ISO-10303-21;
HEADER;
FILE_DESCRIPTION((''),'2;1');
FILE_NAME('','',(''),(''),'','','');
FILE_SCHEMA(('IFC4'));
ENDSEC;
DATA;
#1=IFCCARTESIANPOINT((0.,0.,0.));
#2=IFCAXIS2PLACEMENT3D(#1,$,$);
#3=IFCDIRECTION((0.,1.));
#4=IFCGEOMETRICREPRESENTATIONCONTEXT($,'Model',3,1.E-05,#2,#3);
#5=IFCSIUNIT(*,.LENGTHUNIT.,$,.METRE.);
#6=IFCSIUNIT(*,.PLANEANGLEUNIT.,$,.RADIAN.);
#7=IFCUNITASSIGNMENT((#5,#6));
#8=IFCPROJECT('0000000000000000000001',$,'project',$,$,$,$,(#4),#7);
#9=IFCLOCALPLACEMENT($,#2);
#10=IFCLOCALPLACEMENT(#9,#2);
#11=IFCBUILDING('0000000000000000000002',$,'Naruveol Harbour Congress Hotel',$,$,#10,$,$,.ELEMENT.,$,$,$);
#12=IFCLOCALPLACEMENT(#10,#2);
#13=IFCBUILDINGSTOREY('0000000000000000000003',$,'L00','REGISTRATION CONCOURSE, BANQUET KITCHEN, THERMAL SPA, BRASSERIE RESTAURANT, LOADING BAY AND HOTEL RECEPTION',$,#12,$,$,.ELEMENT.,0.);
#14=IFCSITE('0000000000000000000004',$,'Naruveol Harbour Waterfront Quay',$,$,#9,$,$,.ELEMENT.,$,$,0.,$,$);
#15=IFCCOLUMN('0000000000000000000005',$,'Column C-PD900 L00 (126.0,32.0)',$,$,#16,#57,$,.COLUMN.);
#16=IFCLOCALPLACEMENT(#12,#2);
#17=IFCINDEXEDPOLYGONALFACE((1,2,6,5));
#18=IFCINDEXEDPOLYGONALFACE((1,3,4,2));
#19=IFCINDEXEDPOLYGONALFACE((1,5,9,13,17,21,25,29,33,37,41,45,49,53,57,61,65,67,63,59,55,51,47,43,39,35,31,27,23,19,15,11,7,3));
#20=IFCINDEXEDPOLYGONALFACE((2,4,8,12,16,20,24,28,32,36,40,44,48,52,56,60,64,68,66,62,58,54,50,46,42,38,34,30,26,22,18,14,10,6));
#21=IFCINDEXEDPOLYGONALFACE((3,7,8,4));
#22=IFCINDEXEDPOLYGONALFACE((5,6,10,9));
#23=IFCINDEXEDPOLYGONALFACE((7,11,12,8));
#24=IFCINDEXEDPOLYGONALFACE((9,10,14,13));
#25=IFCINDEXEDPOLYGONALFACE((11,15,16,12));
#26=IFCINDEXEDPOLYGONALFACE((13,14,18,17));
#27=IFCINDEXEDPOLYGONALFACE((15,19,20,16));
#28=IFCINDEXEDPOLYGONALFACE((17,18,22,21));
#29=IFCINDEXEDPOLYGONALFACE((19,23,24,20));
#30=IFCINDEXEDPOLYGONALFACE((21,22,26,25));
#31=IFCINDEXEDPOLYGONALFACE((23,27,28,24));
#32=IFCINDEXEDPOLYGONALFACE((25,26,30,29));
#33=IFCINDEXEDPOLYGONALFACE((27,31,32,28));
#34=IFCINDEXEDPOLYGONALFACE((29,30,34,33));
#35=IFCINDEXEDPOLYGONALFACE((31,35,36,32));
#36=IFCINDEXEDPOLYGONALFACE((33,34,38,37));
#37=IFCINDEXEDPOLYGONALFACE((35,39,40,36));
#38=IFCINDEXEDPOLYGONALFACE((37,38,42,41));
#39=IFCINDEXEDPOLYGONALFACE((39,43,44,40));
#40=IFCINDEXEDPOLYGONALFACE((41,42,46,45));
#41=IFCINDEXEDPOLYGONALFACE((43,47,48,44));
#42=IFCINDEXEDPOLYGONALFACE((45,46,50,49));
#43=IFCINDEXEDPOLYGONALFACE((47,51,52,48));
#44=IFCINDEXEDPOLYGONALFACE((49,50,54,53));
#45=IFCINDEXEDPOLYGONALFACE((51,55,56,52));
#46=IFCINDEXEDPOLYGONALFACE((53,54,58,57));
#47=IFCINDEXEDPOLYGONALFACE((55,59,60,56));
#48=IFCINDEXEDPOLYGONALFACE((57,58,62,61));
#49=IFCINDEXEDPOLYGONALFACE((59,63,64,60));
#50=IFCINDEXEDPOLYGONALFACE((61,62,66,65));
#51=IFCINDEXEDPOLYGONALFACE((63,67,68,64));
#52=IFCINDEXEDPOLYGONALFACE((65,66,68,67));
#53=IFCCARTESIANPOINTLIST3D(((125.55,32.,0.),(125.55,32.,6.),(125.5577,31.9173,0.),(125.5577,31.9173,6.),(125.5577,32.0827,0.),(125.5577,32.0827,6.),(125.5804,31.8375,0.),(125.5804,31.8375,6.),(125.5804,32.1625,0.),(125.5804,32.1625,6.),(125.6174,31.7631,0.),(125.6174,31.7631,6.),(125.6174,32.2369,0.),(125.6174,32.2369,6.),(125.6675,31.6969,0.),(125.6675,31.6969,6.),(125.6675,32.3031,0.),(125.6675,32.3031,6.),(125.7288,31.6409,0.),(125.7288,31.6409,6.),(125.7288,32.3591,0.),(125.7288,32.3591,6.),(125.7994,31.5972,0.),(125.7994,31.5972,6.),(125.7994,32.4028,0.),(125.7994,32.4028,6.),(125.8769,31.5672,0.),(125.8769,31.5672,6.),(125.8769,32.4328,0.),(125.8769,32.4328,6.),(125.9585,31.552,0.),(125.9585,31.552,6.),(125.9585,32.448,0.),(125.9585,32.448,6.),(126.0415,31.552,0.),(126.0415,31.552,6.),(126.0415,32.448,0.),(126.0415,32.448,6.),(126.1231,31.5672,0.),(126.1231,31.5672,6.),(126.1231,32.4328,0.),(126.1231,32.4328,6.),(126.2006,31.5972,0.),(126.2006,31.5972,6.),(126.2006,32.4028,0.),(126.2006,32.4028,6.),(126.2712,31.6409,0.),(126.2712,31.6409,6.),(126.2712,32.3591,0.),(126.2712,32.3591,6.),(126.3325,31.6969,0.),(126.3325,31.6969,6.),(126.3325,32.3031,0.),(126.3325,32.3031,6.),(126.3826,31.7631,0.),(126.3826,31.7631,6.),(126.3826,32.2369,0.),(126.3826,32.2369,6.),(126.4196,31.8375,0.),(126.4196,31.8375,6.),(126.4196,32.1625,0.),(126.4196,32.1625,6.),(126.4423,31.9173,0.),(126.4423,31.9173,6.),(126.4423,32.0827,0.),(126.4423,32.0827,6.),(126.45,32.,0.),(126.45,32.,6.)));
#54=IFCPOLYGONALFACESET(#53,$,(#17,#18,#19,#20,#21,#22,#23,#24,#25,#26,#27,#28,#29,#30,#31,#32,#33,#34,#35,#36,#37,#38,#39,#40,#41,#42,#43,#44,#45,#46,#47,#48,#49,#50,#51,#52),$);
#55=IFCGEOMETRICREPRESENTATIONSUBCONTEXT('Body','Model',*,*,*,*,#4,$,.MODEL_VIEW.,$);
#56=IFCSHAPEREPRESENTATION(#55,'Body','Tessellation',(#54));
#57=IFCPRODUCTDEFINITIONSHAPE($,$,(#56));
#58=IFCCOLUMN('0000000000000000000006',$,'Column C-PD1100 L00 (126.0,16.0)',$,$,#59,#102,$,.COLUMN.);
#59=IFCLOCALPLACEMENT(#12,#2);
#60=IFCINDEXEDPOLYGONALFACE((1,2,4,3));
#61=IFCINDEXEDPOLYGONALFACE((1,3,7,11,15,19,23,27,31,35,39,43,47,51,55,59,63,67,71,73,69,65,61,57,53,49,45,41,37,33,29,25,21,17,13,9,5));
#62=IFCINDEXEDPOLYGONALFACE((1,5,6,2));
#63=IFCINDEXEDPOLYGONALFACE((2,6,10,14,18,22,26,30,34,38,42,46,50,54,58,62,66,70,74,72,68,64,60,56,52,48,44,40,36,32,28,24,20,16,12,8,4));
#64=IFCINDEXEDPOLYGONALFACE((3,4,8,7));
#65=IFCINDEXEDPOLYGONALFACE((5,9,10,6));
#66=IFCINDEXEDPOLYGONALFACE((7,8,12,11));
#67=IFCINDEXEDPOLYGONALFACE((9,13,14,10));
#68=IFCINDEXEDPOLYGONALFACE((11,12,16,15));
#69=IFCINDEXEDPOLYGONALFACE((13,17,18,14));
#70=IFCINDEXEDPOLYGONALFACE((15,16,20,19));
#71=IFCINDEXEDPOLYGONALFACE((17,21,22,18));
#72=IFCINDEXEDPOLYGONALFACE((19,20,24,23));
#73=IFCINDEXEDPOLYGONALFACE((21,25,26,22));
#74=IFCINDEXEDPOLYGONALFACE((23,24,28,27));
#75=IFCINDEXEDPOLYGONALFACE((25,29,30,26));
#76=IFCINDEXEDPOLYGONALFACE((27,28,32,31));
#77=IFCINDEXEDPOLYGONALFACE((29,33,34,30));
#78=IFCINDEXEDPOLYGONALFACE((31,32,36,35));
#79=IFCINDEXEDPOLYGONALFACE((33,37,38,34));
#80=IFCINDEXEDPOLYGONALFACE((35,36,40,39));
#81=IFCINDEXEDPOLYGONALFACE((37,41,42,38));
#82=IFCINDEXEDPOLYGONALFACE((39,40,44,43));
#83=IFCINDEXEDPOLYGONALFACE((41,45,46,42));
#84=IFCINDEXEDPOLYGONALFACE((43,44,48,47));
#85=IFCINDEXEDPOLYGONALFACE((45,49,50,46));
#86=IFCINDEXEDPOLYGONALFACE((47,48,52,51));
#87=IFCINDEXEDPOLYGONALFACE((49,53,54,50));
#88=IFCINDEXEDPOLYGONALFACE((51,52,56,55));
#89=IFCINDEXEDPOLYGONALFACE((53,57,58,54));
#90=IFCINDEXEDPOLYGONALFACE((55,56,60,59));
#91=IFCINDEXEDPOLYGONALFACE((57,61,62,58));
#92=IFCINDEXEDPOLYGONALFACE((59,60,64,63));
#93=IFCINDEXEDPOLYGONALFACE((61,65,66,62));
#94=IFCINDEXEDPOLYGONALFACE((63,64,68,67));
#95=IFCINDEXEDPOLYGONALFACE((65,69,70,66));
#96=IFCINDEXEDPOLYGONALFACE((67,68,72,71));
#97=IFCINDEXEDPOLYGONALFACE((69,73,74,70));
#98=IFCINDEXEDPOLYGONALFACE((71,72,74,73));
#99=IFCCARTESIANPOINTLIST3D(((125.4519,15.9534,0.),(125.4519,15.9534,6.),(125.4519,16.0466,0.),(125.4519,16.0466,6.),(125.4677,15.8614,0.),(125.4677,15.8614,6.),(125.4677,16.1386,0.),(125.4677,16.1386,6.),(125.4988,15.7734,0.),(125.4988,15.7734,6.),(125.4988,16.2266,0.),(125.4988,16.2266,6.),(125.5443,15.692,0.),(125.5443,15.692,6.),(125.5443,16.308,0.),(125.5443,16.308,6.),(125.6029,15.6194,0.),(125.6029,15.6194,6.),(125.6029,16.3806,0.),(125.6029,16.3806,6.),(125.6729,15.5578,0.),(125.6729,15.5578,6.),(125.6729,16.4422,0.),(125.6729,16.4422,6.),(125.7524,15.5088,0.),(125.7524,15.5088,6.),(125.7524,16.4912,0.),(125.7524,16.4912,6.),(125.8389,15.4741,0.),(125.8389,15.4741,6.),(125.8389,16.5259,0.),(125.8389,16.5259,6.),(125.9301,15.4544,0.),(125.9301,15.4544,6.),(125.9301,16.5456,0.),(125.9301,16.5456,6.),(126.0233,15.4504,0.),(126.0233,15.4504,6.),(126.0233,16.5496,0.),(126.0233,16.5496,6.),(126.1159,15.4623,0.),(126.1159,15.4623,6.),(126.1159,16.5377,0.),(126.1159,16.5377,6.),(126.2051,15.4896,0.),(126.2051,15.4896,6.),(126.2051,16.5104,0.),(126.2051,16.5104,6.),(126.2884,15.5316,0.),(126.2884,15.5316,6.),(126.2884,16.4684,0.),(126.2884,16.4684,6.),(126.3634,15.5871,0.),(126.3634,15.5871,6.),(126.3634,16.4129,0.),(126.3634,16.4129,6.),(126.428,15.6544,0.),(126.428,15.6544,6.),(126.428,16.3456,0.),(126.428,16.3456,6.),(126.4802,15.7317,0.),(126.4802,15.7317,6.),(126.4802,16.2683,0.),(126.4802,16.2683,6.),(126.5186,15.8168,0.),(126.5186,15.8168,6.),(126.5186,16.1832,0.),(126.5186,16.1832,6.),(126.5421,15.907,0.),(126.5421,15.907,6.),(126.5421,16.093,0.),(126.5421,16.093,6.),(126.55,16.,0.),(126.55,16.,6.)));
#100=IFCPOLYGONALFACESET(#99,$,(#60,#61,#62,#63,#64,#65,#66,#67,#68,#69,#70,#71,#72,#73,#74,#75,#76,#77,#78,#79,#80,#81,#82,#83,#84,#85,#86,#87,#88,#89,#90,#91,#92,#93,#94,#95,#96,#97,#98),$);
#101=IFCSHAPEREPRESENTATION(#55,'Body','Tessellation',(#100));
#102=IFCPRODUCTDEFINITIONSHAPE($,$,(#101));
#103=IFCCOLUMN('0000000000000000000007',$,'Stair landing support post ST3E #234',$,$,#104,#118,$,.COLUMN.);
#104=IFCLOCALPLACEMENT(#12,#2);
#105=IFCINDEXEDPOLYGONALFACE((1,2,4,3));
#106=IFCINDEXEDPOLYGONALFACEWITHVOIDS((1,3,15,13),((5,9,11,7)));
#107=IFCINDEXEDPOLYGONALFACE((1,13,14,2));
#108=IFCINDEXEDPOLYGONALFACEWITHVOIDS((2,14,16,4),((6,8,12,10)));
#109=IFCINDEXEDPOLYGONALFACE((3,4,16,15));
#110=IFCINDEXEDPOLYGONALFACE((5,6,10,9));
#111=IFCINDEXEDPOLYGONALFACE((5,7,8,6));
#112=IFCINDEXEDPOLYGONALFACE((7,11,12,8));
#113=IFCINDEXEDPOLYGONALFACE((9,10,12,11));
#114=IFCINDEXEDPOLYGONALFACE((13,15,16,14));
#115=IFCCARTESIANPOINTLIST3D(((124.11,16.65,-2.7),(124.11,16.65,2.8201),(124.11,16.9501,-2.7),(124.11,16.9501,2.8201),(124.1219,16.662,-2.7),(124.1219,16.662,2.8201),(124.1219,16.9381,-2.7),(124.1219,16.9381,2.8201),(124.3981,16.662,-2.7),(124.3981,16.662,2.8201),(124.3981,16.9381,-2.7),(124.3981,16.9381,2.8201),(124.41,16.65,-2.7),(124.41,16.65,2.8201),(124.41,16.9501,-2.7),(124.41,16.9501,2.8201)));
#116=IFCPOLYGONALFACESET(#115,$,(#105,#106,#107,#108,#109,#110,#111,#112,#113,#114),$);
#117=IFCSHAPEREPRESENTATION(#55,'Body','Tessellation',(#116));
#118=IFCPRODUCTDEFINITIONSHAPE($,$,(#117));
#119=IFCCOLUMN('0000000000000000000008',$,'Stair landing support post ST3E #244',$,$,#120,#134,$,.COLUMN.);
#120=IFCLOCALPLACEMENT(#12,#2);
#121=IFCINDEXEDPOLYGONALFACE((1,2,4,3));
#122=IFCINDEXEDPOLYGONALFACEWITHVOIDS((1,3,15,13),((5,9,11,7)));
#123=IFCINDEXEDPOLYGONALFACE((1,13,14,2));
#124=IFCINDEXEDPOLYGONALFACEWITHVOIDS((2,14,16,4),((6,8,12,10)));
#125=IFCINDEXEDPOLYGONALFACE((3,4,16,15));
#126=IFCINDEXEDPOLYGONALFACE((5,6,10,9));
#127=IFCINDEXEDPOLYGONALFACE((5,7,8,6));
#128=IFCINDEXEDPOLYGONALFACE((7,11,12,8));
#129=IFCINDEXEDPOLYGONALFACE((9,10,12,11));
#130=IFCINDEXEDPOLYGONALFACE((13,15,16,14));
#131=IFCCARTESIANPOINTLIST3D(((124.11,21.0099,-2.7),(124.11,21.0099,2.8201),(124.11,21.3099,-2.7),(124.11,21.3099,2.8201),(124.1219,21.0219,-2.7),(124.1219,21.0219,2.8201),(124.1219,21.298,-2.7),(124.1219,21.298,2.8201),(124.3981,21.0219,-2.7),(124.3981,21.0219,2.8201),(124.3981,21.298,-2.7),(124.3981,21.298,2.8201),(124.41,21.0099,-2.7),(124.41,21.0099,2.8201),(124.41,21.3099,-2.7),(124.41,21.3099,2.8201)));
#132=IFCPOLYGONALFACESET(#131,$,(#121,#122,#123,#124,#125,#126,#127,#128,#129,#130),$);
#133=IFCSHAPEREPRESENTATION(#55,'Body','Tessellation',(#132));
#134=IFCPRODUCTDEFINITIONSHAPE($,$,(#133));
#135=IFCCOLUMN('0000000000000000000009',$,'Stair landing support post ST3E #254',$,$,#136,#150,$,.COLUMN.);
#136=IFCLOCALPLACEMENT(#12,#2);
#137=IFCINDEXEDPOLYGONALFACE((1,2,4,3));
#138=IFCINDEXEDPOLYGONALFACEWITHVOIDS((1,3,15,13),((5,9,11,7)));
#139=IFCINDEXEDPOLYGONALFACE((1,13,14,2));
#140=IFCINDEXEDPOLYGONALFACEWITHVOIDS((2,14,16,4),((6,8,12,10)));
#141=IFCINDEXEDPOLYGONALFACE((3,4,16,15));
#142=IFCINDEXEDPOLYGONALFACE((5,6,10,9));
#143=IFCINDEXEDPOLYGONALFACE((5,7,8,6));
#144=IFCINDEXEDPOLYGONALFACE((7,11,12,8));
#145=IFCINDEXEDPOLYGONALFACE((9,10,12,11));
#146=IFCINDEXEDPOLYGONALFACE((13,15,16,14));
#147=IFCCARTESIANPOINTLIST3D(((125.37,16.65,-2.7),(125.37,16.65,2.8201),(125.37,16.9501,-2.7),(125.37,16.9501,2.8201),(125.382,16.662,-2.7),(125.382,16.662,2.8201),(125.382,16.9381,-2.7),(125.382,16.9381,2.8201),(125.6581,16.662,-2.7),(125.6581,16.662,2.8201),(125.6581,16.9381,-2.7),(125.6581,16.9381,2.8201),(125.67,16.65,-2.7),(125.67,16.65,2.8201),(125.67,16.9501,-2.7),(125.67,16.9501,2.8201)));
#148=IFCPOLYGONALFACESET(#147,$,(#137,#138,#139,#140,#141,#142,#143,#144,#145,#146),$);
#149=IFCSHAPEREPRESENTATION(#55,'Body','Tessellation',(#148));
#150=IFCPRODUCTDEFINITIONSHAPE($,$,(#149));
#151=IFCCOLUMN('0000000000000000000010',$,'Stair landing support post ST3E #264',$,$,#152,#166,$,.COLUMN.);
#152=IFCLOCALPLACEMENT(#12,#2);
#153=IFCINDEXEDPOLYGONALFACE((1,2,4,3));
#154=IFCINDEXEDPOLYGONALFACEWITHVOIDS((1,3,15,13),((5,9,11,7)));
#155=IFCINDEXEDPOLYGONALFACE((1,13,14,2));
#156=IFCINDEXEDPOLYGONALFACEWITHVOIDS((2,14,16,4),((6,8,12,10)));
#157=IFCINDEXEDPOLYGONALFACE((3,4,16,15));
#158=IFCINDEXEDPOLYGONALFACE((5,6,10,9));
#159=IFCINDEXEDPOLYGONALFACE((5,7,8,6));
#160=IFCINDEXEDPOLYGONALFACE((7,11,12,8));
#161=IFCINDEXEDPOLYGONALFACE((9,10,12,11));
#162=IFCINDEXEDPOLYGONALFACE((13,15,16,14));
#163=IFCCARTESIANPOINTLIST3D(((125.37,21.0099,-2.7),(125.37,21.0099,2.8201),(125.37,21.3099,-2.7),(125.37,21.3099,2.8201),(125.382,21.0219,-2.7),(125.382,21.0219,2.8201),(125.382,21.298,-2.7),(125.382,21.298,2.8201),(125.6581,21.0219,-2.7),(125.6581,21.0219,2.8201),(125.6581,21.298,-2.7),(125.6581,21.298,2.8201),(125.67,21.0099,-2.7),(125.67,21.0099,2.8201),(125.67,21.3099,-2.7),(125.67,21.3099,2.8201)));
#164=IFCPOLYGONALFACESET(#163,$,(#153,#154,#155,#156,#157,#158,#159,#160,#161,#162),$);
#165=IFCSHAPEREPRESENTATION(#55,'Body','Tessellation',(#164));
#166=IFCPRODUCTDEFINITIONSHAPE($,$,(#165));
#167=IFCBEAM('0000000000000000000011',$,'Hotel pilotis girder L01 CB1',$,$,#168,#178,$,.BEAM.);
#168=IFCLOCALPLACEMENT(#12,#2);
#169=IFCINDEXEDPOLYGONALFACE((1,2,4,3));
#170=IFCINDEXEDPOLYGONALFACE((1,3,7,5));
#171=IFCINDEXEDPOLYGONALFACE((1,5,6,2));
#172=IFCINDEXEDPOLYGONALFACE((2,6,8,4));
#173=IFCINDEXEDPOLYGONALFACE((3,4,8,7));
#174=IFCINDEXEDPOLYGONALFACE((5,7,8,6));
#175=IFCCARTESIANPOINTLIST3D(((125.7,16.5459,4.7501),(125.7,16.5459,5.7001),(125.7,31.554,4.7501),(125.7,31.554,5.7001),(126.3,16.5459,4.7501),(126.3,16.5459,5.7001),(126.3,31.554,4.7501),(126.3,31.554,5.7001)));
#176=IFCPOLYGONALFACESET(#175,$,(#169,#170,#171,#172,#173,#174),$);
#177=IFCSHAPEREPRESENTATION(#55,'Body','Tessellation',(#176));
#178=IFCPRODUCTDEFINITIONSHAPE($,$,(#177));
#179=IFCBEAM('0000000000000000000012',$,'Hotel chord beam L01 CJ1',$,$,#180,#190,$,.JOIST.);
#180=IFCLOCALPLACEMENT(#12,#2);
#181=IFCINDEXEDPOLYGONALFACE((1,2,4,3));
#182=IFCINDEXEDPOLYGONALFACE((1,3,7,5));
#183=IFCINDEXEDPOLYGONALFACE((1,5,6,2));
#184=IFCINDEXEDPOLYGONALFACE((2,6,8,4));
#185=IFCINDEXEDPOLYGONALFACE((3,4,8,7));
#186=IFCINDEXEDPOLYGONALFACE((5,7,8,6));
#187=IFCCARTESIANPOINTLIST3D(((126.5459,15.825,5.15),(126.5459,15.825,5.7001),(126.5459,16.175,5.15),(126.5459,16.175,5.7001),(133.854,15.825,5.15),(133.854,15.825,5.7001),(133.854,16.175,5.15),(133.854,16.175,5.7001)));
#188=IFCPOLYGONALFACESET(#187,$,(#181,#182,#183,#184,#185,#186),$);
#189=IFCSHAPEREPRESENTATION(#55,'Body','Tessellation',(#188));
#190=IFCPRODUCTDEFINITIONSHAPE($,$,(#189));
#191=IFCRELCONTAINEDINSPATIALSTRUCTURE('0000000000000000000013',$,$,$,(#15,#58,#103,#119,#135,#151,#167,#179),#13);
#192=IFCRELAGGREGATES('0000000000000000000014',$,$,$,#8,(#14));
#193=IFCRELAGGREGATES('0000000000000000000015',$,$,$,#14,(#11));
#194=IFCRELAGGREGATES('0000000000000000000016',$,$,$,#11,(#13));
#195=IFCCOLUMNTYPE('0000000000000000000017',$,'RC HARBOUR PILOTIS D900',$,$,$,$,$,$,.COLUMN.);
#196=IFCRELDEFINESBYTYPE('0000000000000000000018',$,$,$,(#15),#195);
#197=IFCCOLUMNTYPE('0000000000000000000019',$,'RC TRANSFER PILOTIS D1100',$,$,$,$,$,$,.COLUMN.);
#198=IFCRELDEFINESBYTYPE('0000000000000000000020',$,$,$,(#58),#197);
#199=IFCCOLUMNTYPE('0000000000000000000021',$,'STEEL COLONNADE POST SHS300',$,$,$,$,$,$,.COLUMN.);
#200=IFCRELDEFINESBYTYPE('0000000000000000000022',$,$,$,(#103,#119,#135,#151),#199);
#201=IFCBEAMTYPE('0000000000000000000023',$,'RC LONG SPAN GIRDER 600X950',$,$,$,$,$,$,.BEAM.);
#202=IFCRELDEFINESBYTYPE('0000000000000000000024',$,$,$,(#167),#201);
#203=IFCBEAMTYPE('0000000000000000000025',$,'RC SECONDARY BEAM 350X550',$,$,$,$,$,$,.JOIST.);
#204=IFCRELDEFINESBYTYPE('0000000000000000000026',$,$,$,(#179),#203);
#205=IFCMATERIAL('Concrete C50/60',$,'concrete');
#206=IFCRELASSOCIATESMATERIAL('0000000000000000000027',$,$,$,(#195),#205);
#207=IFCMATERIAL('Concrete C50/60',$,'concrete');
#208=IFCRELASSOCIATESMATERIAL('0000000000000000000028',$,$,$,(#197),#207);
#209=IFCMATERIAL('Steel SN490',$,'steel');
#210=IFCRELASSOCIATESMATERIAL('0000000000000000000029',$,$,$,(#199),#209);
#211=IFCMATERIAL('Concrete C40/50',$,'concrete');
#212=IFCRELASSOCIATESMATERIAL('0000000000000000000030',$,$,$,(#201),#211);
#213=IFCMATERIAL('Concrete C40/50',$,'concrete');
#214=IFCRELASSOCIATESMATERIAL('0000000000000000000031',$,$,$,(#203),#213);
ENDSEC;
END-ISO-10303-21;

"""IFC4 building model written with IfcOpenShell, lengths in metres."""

from ifc_helpers import new_model, si_unit, direction, frame, origin, origin_2d, place, context, subcontext, project, spatial, rectangle, hollow_rectangle, circle, extrude, material, material_profile, profile_set, type_object, element, save


model = new_model("IFC4")

# Units and contexts
model_context = context("Model", 3, precision=1e-05, world=origin(), true_north=direction((0.0, 1.0)))
body_context = subcontext(model_context, "Body", "Model", "MODEL_VIEW")
ifc_project = project(units=[si_unit("LENGTHUNIT", "METRE"), si_unit("PLANEANGLEUNIT", "RADIAN")], contexts=[model_context])

# Site, building, storey
site_placement = place(None, origin())
site = spatial("IfcSite", under=ifc_project, at=site_placement, Name="Naruveol Harbour Waterfront Quay", CompositionType="ELEMENT", RefElevation=0.0)
building_placement = place(site_placement, origin())
building = spatial("IfcBuilding", under=site, at=building_placement, Name="Naruveol Harbour Congress Hotel", CompositionType="ELEMENT")
storey_placement = place(building_placement, origin())
storey = spatial("IfcBuildingStorey", under=building, at=storey_placement, Name="L00", Description="REGISTRATION CONCOURSE, BANQUET KITCHEN, THERMAL SPA, BRASSERIE RESTAURANT, LOADING BAY AND HOTEL RECEPTION", CompositionType="ELEMENT", Elevation=0.0)

# Columns
ifc_material_1 = material(Name="Concrete C50/60", Category="concrete")
ifc_material_profile_1 = material_profile(ifc_material_1, circle(Radius=0.45, at=origin_2d()), Name="RC-D900")
ifc_profile_set_1 = profile_set([ifc_material_profile_1], Name="Concrete C50/60")
column_type_1 = type_object("IfcColumnType", Name="RC HARBOUR PILOTIS D900", PredefinedType="COLUMN", material=ifc_profile_set_1)
column_1_placement = place(storey_placement, frame((126.0, 32.0, 0.0), z_axis=(0.0, 0.0, 1.0), x_axis=(1.0, 0.0, 0.0)))
element("IfcColumn", 1, at=column_1_placement, inside=storey, type_object=column_type_1, Name="Column C-PD900 L00 (126.0,32.0)", PredefinedType="COLUMN", context=body_context, shape_type="SweptSolid", body=[
    extrude(circle(Radius=0.45, at=origin_2d()), origin(), (0.0, 0.0, 1.0), 6.0),
])
ifc_material_2 = material(Name="Concrete C50/60", Category="concrete")
ifc_material_profile_2 = material_profile(ifc_material_2, circle(Radius=0.55, at=origin_2d()), Name="RC-D1100")
ifc_profile_set_2 = profile_set([ifc_material_profile_2], Name="Concrete C50/60")
column_type_2 = type_object("IfcColumnType", Name="RC TRANSFER PILOTIS D1100", PredefinedType="COLUMN", material=ifc_profile_set_2)
column_2_placement = place(storey_placement, frame((126.0, 16.0, 0.0), z_axis=(0.0, 0.0, 1.0), x_axis=(1.0, 0.0, 0.0)))
element("IfcColumn", 2, at=column_2_placement, inside=storey, type_object=column_type_2, Name="Column C-PD1100 L00 (126.0,16.0)", PredefinedType="COLUMN", context=body_context, shape_type="SweptSolid", body=[
    extrude(circle(Radius=0.55, at=origin_2d()), origin(), (0.0, 0.0, 1.0), 6.0),
])
ifc_material_3 = material(Name="Steel SN490", Category="steel")
ifc_material_profile_3 = material_profile(ifc_material_3, hollow_rectangle(XDim=0.3, YDim=0.3, WallThickness=0.012, at=origin_2d()), Name="SHS-300x300x12")
ifc_profile_set_3 = profile_set([ifc_material_profile_3], Name="Steel SN490")
column_type_3 = type_object("IfcColumnType", Name="STEEL COLONNADE POST SHS300", PredefinedType="COLUMN", material=ifc_profile_set_3)
for number, where, z_axis, x_axis, name in (
    (3, (124.26, 16.8, -2.7), (0.0, 0.0, 1.0), (1.0, 0.0, 0.0), "Stair landing support post ST3E #234"),
    (4, (124.26, 21.1599, -2.7), (0.0, 0.0, 1.0), (1.0, 0.0, 0.0), "Stair landing support post ST3E #244"),
    (5, (125.52, 16.8, -2.7), (0.0, 0.0, 1.0), (1.0, 0.0, 0.0), "Stair landing support post ST3E #254"),
    (6, (125.52, 21.1599, -2.7), (0.0, 0.0, 1.0), (1.0, 0.0, 0.0), "Stair landing support post ST3E #264"),
):
    element("IfcColumn", number, at=place(storey_placement, frame(where, z_axis=z_axis, x_axis=x_axis)), inside=storey, type_object=column_type_3, Name=name, PredefinedType="COLUMN", context=body_context, shape_type="SweptSolid", body=[
        extrude(hollow_rectangle(XDim=0.3, YDim=0.3, WallThickness=0.012, at=origin_2d()), origin(), (0.0, 0.0, 1.0), 5.52),
    ])

# Beams
ifc_material_4 = material(Name="Concrete C40/50", Category="concrete")
ifc_material_profile_4 = material_profile(ifc_material_4, rectangle(XDim=0.6001, YDim=0.95, at=origin_2d()), Name="RCB-600x950")
ifc_profile_set_4 = profile_set([ifc_material_profile_4], Name="Concrete C40/50")
beam_type_1 = type_object("IfcBeamType", Name="RC LONG SPAN GIRDER 600X950", PredefinedType="BEAM", material=ifc_profile_set_4)
beam_1_placement = place(storey_placement, frame((126.0, 16.5459, 5.2251), z_axis=(0.0, 1.0, 0.0), x_axis=(-1.0, 0.0, 0.0)))
element("IfcBeam", 7, at=beam_1_placement, inside=storey, type_object=beam_type_1, Name="Hotel pilotis girder L01 CB1", PredefinedType="BEAM", context=body_context, shape_type="SweptSolid", body=[
    extrude(rectangle(XDim=0.6001, YDim=0.95, at=origin_2d()), origin(), (0.0, 0.0, 1.0), 15.0081),
])
ifc_material_5 = material(Name="Concrete C40/50", Category="concrete")
ifc_material_profile_5 = material_profile(ifc_material_5, rectangle(XDim=0.3501, YDim=0.55, at=origin_2d()), Name="RCB-350x550")
ifc_profile_set_5 = profile_set([ifc_material_profile_5], Name="Concrete C40/50")
beam_type_2 = type_object("IfcBeamType", Name="RC SECONDARY BEAM 350X550", PredefinedType="JOIST", material=ifc_profile_set_5)
beam_2_placement = place(storey_placement, frame((126.5459, 16.0, 5.425), z_axis=(1.0, 0.0, 0.0), x_axis=(0.0, 1.0, 0.0)))
element("IfcBeam", 8, at=beam_2_placement, inside=storey, type_object=beam_type_2, Name="Hotel chord beam L01 CJ1", PredefinedType="JOIST", context=body_context, shape_type="SweptSolid", body=[
    extrude(rectangle(XDim=0.3501, YDim=0.55, at=origin_2d()), origin(), (0.0, 0.0, 1.0), 7.3081),
])

save(model, "model.ifc")
